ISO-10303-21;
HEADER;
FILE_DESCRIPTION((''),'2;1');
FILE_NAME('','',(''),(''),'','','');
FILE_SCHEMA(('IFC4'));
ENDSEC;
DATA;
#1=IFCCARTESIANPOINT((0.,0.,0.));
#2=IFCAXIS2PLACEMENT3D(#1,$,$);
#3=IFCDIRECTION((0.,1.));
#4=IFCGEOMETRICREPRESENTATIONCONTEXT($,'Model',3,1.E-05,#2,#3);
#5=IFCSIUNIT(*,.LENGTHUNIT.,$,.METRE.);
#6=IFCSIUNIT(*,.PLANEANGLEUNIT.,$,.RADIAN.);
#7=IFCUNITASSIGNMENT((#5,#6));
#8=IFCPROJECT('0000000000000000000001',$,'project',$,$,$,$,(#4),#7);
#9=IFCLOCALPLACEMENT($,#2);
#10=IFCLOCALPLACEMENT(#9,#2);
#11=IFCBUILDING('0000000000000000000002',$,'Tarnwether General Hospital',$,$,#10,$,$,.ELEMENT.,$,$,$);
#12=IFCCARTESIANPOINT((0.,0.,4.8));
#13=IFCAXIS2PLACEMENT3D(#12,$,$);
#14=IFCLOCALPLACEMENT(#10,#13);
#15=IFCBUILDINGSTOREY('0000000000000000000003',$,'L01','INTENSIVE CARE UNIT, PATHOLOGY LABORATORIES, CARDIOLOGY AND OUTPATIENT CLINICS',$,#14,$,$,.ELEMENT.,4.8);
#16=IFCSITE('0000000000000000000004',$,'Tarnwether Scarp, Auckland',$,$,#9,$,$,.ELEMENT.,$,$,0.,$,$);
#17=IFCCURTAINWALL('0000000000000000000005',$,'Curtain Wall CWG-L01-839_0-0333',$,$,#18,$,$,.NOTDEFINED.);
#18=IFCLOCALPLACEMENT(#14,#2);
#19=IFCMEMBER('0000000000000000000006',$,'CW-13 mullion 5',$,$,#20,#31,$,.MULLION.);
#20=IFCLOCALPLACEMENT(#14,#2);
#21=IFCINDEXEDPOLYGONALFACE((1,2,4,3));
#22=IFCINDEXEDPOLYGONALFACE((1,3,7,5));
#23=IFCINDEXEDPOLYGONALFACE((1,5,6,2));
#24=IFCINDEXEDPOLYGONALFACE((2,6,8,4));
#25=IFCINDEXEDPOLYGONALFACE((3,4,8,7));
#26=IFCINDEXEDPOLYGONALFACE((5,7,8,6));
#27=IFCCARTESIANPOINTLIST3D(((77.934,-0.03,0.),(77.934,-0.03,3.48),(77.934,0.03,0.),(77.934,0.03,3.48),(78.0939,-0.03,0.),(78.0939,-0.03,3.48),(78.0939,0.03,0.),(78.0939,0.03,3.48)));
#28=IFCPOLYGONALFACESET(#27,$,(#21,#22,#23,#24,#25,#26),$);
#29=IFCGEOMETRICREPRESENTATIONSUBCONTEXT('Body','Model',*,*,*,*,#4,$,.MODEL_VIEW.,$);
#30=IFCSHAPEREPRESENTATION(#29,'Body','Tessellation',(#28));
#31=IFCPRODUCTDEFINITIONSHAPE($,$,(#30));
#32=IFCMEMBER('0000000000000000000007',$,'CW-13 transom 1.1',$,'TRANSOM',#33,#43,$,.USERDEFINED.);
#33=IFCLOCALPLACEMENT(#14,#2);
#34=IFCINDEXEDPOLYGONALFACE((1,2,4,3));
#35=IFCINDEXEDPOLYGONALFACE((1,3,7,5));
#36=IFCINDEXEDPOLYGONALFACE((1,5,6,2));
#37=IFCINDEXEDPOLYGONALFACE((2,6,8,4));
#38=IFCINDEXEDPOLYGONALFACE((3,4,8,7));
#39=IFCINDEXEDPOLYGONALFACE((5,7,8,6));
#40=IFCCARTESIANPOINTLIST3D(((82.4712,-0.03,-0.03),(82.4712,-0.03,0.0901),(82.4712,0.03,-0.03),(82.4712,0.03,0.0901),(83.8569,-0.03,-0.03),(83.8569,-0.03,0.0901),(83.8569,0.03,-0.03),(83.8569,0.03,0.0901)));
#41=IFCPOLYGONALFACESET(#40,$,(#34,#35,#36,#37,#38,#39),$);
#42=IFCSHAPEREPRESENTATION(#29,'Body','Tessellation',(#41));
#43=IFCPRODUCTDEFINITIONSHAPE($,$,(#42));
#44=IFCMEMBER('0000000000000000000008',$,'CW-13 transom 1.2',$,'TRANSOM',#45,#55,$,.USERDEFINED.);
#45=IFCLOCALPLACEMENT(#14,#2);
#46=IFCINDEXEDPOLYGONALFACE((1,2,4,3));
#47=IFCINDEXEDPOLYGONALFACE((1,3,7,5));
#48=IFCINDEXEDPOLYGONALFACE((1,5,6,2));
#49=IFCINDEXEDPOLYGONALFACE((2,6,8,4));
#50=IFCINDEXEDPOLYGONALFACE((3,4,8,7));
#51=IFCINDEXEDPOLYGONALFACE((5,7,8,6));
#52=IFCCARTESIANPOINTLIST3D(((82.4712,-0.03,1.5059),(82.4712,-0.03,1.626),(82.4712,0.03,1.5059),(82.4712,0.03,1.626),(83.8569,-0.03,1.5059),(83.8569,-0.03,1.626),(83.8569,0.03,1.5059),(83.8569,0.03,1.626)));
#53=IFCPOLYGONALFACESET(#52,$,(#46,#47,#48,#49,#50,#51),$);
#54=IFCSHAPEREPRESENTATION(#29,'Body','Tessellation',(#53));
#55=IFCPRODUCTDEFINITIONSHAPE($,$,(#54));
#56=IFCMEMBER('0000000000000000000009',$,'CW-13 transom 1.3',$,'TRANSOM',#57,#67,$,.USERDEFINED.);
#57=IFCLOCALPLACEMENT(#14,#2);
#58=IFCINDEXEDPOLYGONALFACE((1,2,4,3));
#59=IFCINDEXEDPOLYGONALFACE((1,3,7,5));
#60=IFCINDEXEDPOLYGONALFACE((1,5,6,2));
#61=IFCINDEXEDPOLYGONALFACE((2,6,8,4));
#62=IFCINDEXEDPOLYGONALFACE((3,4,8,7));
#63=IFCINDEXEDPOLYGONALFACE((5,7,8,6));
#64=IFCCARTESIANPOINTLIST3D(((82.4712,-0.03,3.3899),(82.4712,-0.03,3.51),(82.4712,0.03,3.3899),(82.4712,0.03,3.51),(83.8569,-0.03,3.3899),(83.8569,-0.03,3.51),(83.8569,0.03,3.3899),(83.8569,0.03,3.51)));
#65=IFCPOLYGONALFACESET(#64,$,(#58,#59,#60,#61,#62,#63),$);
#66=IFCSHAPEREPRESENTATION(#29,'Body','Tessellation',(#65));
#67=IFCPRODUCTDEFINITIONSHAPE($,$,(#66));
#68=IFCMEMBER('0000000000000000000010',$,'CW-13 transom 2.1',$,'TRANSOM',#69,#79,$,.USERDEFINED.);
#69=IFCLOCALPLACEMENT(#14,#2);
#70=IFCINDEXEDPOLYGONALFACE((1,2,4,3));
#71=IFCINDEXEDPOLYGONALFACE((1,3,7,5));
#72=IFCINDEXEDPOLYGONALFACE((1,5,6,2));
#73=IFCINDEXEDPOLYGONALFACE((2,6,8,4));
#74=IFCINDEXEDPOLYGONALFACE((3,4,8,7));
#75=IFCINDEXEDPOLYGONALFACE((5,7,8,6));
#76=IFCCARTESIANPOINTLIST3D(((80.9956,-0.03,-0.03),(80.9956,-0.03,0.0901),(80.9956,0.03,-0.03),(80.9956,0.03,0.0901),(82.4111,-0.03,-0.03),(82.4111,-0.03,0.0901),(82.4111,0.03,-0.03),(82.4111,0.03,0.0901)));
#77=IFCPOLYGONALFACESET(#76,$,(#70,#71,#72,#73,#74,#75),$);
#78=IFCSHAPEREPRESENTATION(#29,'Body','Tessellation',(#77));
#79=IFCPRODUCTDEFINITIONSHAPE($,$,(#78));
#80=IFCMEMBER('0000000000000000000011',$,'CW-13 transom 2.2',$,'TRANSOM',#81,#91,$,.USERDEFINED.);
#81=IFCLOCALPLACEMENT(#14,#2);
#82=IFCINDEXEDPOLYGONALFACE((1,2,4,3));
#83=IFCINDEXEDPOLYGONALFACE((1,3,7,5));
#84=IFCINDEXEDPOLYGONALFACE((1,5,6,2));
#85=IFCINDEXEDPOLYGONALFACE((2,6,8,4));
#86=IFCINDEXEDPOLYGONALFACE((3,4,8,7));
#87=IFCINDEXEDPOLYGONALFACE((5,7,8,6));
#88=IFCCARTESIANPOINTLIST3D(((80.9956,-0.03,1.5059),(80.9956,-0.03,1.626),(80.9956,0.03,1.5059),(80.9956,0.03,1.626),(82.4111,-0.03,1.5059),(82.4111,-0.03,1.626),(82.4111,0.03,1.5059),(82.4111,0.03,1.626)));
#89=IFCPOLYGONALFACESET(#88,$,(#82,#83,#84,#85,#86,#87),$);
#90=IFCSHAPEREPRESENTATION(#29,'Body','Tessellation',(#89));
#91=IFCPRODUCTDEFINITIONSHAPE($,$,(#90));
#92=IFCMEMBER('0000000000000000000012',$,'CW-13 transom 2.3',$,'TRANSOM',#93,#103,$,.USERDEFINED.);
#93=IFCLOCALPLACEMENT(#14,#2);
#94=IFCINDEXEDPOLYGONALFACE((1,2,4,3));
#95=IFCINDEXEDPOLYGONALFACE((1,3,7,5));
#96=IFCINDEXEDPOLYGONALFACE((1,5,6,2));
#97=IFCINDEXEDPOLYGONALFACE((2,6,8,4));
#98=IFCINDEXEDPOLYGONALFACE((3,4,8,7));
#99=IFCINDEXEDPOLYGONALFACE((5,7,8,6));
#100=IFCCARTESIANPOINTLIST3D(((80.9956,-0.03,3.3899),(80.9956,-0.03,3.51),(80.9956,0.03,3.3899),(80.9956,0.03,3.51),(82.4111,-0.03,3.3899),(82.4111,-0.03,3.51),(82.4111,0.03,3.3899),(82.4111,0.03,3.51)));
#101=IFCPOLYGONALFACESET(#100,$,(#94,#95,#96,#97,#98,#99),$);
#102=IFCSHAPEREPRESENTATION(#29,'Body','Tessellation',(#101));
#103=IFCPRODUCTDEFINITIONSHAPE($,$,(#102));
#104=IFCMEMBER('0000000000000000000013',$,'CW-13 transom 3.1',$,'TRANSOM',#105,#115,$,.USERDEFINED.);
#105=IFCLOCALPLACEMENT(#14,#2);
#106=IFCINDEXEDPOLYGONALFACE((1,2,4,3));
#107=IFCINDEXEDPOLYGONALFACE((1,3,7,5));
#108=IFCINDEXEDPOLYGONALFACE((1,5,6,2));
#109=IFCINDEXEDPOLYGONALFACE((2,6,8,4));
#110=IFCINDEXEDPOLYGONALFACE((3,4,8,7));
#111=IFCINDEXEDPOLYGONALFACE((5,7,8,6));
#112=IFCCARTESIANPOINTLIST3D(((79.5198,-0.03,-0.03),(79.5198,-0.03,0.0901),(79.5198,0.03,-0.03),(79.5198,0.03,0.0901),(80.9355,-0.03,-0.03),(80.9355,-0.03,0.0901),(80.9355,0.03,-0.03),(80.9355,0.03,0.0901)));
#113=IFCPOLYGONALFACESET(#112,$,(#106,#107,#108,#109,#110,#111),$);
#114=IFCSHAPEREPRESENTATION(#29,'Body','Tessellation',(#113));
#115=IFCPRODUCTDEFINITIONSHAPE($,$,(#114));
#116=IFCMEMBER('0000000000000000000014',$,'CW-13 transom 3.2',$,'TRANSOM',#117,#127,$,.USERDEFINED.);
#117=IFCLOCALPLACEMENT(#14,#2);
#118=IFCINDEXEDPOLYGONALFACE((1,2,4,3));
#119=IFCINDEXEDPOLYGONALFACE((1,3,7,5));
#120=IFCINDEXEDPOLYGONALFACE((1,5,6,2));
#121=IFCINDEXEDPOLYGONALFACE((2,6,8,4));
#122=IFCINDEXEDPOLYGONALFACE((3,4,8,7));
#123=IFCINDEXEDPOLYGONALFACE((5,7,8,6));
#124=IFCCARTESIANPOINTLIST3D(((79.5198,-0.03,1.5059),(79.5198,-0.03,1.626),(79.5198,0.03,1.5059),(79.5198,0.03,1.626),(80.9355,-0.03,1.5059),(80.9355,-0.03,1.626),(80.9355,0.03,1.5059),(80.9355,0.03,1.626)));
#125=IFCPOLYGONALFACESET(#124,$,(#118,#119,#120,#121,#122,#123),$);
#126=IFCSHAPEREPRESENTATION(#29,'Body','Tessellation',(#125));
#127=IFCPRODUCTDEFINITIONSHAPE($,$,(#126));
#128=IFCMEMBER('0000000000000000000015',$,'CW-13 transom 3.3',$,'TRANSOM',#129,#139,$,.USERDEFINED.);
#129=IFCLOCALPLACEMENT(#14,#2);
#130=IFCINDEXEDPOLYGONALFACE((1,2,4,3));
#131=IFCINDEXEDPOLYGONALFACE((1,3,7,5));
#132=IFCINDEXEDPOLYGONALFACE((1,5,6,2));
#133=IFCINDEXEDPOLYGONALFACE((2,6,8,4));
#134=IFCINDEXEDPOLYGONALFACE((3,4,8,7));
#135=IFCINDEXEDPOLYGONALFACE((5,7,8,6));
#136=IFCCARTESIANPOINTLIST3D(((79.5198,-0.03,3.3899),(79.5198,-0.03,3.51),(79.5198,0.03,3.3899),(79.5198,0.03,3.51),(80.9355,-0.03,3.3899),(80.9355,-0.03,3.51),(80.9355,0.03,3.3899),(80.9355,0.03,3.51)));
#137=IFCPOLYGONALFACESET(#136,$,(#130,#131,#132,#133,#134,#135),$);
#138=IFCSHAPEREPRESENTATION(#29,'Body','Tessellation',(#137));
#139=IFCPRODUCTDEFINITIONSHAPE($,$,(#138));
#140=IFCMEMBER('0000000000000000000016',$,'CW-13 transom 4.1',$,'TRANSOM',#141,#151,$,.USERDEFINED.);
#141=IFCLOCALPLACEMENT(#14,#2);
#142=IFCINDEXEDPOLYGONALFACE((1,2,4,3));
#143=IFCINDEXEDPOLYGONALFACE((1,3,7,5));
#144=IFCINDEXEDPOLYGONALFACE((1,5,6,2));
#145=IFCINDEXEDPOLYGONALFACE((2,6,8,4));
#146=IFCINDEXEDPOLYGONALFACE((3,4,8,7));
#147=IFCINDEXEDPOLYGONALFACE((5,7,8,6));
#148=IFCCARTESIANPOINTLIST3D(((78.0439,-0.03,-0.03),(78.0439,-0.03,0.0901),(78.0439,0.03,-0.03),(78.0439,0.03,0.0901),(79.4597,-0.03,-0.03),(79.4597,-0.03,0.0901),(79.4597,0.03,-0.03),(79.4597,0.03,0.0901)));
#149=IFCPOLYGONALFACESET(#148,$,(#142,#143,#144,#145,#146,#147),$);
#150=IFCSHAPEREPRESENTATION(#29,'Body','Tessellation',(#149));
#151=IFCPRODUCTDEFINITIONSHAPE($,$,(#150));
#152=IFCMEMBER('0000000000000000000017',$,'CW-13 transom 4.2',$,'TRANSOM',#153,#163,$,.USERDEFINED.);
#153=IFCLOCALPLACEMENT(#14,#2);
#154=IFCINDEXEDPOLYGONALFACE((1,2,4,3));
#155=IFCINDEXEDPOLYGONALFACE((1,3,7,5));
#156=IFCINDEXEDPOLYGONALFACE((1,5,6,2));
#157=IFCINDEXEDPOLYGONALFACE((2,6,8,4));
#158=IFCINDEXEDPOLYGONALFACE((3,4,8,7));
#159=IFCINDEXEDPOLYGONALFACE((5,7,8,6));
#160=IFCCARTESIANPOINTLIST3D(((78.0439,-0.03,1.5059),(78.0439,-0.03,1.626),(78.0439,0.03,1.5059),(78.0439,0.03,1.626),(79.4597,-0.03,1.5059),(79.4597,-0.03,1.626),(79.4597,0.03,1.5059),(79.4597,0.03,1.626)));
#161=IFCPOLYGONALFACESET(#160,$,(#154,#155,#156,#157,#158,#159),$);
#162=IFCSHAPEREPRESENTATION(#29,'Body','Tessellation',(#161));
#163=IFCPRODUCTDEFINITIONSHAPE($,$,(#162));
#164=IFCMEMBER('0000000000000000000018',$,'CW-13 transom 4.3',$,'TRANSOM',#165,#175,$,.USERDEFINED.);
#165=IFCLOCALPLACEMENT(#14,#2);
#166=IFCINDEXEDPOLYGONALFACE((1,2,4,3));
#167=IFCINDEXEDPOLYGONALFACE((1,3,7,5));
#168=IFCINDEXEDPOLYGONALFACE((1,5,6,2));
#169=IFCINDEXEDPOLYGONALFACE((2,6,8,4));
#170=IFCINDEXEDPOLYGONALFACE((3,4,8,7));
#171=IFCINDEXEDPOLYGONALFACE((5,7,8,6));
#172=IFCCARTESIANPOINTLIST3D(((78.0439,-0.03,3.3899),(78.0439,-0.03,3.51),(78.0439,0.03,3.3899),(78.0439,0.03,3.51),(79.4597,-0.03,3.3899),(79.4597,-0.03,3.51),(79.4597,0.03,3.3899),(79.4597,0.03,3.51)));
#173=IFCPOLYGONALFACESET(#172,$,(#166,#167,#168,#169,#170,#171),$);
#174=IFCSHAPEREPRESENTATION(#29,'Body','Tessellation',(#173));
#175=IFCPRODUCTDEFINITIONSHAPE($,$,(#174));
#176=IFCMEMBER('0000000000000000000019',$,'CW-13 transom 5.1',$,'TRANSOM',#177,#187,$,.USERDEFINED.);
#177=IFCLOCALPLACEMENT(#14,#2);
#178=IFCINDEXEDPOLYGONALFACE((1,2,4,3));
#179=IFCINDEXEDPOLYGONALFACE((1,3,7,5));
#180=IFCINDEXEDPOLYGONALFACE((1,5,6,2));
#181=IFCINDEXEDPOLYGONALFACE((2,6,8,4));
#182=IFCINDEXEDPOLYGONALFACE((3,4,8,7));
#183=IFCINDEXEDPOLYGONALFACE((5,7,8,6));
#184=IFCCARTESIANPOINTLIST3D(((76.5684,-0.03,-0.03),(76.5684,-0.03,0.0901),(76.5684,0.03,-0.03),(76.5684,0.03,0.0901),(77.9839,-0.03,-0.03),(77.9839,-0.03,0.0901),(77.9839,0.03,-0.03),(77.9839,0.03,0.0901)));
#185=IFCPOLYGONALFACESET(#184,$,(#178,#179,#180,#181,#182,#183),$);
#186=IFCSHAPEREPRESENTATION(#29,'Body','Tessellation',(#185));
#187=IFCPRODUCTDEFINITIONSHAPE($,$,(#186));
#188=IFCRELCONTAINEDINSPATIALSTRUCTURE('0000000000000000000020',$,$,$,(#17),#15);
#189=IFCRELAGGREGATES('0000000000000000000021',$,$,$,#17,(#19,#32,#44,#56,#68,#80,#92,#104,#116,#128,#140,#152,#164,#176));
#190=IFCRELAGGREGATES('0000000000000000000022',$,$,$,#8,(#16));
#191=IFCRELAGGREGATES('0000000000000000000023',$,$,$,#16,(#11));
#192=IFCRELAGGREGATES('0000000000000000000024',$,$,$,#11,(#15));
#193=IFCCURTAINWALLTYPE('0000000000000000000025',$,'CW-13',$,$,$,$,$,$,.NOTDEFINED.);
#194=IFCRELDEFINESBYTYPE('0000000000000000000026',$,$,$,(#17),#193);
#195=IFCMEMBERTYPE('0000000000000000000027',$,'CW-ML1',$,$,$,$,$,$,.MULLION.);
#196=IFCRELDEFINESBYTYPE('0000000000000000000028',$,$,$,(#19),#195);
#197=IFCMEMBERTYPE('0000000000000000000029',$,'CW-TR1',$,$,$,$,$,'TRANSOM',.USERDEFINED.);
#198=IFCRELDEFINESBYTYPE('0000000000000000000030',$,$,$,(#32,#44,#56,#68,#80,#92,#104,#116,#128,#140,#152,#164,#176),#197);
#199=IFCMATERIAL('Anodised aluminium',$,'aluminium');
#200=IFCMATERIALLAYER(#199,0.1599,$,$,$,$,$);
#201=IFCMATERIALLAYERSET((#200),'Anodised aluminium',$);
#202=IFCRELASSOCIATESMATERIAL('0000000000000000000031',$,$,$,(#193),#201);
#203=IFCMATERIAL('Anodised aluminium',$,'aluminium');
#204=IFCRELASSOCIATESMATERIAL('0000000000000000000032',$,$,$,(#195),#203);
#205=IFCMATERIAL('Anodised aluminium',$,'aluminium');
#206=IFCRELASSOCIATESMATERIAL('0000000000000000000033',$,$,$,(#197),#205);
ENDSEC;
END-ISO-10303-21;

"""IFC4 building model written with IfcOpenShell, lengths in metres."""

from ifc_helpers import new_model, si_unit, direction, frame, origin, origin_2d, place, context, subcontext, project, spatial, rectangle, extrude, material, layer, layer_set, material_profile, profile_set, type_object, element, aggregate, save


model = new_model("IFC4")

# Units and contexts
model_context = context("Model", 3, precision=1e-05, world=origin(), true_north=direction((0.0, 1.0)))
body_context = subcontext(model_context, "Body", "Model", "MODEL_VIEW")
ifc_project = project(units=[si_unit("LENGTHUNIT", "METRE"), si_unit("PLANEANGLEUNIT", "RADIAN")], contexts=[model_context])

# Site, building, storey
site_placement = place(None, origin())
site = spatial("IfcSite", under=ifc_project, at=site_placement, Name="Tarnwether Scarp, Auckland", CompositionType="ELEMENT", RefElevation=0.0)
building_placement = place(site_placement, origin())
building = spatial("IfcBuilding", under=site, at=building_placement, Name="Tarnwether General Hospital", CompositionType="ELEMENT")
storey_placement = place(building_placement, frame((0.0, 0.0, 4.8)))
storey = spatial("IfcBuildingStorey", under=building, at=storey_placement, Name="L01", Description="INTENSIVE CARE UNIT, PATHOLOGY LABORATORIES, CARDIOLOGY AND OUTPATIENT CLINICS", CompositionType="ELEMENT", Elevation=4.8)

# Curtain wall, members
ifc_material_1 = material(Name="Anodised aluminium", Category="aluminium")
ifc_layer_1 = layer(ifc_material_1, 0.1599)
ifc_layer_set_1 = layer_set([ifc_layer_1], Name="Anodised aluminium")
curtain_wall_type = type_object("IfcCurtainWallType", Name="CW-13", PredefinedType="NOTDEFINED", material=ifc_layer_set_1)
curtain_wall_placement = place(storey_placement, origin())
curtain_wall = element("IfcCurtainWall", 1, at=curtain_wall_placement, inside=storey, type_object=curtain_wall_type, Name="Curtain Wall CWG-L01-839_0-0333", PredefinedType="NOTDEFINED")
ifc_material_2 = material(Name="Anodised aluminium", Category="aluminium")
ifc_material_profile_1 = material_profile(ifc_material_2, rectangle(XDim=0.0601, YDim=0.1599, at=origin_2d()), Name="ALU-MUL-60x160")
ifc_profile_set_1 = profile_set([ifc_material_profile_1], Name="Anodised aluminium")
member_type_1 = type_object("IfcMemberType", Name="CW-ML1", PredefinedType="MULLION", material=ifc_profile_set_1)
member_1_placement = place(storey_placement, frame((78.0139, 0.0, 0.0), z_axis=(0.0, 0.0, 1.0), x_axis=(0.0, -1.0, 0.0)))
member_1 = element("IfcMember", 2, at=member_1_placement, type_object=member_type_1, Name="CW-13 mullion 5", PredefinedType="MULLION", context=body_context, shape_type="SweptSolid", body=[
    extrude(rectangle(XDim=0.0601, YDim=0.1599, at=origin_2d()), origin(), (0.0, 0.0, 1.0), 3.48),
])
ifc_material_3 = material(Name="Anodised aluminium", Category="aluminium")
ifc_material_profile_2 = material_profile(ifc_material_3, rectangle(XDim=0.0601, YDim=0.1201, at=origin_2d()), Name="ALU-TRN-60x120")
ifc_profile_set_2 = profile_set([ifc_material_profile_2], Name="Anodised aluminium")
member_type_2 = type_object("IfcMemberType", Name="CW-TR1", ElementType="TRANSOM", PredefinedType="USERDEFINED", material=ifc_profile_set_2)
member_2_placement = place(storey_placement, frame((83.8569, 0.0, 0.03), z_axis=(-1.0, 0.0, 0.0), x_axis=(0.0, -1.0, 0.0)))
member_2 = element("IfcMember", 3, at=member_2_placement, type_object=member_type_2, Name="CW-13 transom 1.1", ObjectType="TRANSOM", PredefinedType="USERDEFINED", context=body_context, shape_type="SweptSolid", body=[
    extrude(rectangle(XDim=0.0601, YDim=0.1201, at=origin_2d()), origin(), (0.0, 0.0, 1.0), 1.3857),
])
member_3_placement = place(storey_placement, frame((83.8569, 0.0, 1.5659), z_axis=(-1.0, 0.0, 0.0), x_axis=(0.0, -1.0, 0.0)))
member_3 = element("IfcMember", 4, at=member_3_placement, type_object=member_type_2, Name="CW-13 transom 1.2", ObjectType="TRANSOM", PredefinedType="USERDEFINED", context=body_context, shape_type="SweptSolid", body=[
    extrude(rectangle(XDim=0.0601, YDim=0.1201, at=origin_2d()), origin(), (0.0, 0.0, 1.0), 1.3857),
])
member_4_placement = place(storey_placement, frame((83.8569, 0.0, 3.45), z_axis=(-1.0, 0.0, 0.0), x_axis=(0.0, -1.0, 0.0)))
member_4 = element("IfcMember", 5, at=member_4_placement, type_object=member_type_2, Name="CW-13 transom 1.3", ObjectType="TRANSOM", PredefinedType="USERDEFINED", context=body_context, shape_type="SweptSolid", body=[
    extrude(rectangle(XDim=0.0601, YDim=0.1201, at=origin_2d()), origin(), (0.0, 0.0, 1.0), 1.3857),
])
member_5_placement = place(storey_placement, frame((82.4111, 0.0, 0.03), z_axis=(-1.0, 0.0, 0.0), x_axis=(0.0, -1.0, 0.0)))
member_5 = element("IfcMember", 6, at=member_5_placement, type_object=member_type_2, Name="CW-13 transom 2.1", ObjectType="TRANSOM", PredefinedType="USERDEFINED", context=body_context, shape_type="SweptSolid", body=[
    extrude(rectangle(XDim=0.0601, YDim=0.1201, at=origin_2d()), origin(), (0.0, 0.0, 1.0), 1.4155),
])
member_6_placement = place(storey_placement, frame((82.4111, 0.0, 1.5659), z_axis=(-1.0, 0.0, 0.0), x_axis=(0.0, -1.0, 0.0)))
member_6 = element("IfcMember", 7, at=member_6_placement, type_object=member_type_2, Name="CW-13 transom 2.2", ObjectType="TRANSOM", PredefinedType="USERDEFINED", context=body_context, shape_type="SweptSolid", body=[
    extrude(rectangle(XDim=0.0601, YDim=0.1201, at=origin_2d()), origin(), (0.0, 0.0, 1.0), 1.4155),
])
member_7_placement = place(storey_placement, frame((82.4111, 0.0, 3.45), z_axis=(-1.0, 0.0, 0.0), x_axis=(0.0, -1.0, 0.0)))
member_7 = element("IfcMember", 8, at=member_7_placement, type_object=member_type_2, Name="CW-13 transom 2.3", ObjectType="TRANSOM", PredefinedType="USERDEFINED", context=body_context, shape_type="SweptSolid", body=[
    extrude(rectangle(XDim=0.0601, YDim=0.1201, at=origin_2d()), origin(), (0.0, 0.0, 1.0), 1.4155),
])
member_8_placement = place(storey_placement, frame((80.9355, 0.0, 0.03), z_axis=(-1.0, 0.0, 0.0), x_axis=(0.0, -1.0, 0.0)))
member_8 = element("IfcMember", 9, at=member_8_placement, type_object=member_type_2, Name="CW-13 transom 3.1", ObjectType="TRANSOM", PredefinedType="USERDEFINED", context=body_context, shape_type="SweptSolid", body=[
    extrude(rectangle(XDim=0.0601, YDim=0.1201, at=origin_2d()), origin(), (0.0, 0.0, 1.0), 1.4158),
])
member_9_placement = place(storey_placement, frame((80.9355, 0.0, 1.5659), z_axis=(-1.0, 0.0, 0.0), x_axis=(0.0, -1.0, 0.0)))
member_9 = element("IfcMember", 10, at=member_9_placement, type_object=member_type_2, Name="CW-13 transom 3.2", ObjectType="TRANSOM", PredefinedType="USERDEFINED", context=body_context, shape_type="SweptSolid", body=[
    extrude(rectangle(XDim=0.0601, YDim=0.1201, at=origin_2d()), origin(), (0.0, 0.0, 1.0), 1.4158),
])
member_10_placement = place(storey_placement, frame((80.9355, 0.0, 3.45), z_axis=(-1.0, 0.0, 0.0), x_axis=(0.0, -1.0, 0.0)))
member_10 = element("IfcMember", 11, at=member_10_placement, type_object=member_type_2, Name="CW-13 transom 3.3", ObjectType="TRANSOM", PredefinedType="USERDEFINED", context=body_context, shape_type="SweptSolid", body=[
    extrude(rectangle(XDim=0.0601, YDim=0.1201, at=origin_2d()), origin(), (0.0, 0.0, 1.0), 1.4158),
])
member_11_placement = place(storey_placement, frame((79.4597, 0.0, 0.03), z_axis=(-1.0, 0.0, 0.0), x_axis=(0.0, -1.0, 0.0)))
member_11 = element("IfcMember", 12, at=member_11_placement, type_object=member_type_2, Name="CW-13 transom 4.1", ObjectType="TRANSOM", PredefinedType="USERDEFINED", context=body_context, shape_type="SweptSolid", body=[
    extrude(rectangle(XDim=0.0601, YDim=0.1201, at=origin_2d()), origin(), (0.0, 0.0, 1.0), 1.4158),
])
member_12_placement = place(storey_placement, frame((79.4597, 0.0, 1.5659), z_axis=(-1.0, 0.0, 0.0), x_axis=(0.0, -1.0, 0.0)))
member_12 = element("IfcMember", 13, at=member_12_placement, type_object=member_type_2, Name="CW-13 transom 4.2", ObjectType="TRANSOM", PredefinedType="USERDEFINED", context=body_context, shape_type="SweptSolid", body=[
    extrude(rectangle(XDim=0.0601, YDim=0.1201, at=origin_2d()), origin(), (0.0, 0.0, 1.0), 1.4158),
])
member_13_placement = place(storey_placement, frame((79.4597, 0.0, 3.45), z_axis=(-1.0, 0.0, 0.0), x_axis=(0.0, -1.0, 0.0)))
member_13 = element("IfcMember", 14, at=member_13_placement, type_object=member_type_2, Name="CW-13 transom 4.3", ObjectType="TRANSOM", PredefinedType="USERDEFINED", context=body_context, shape_type="SweptSolid", body=[
    extrude(rectangle(XDim=0.0601, YDim=0.1201, at=origin_2d()), origin(), (0.0, 0.0, 1.0), 1.4158),
])
member_14_placement = place(storey_placement, frame((77.9839, 0.0, 0.03), z_axis=(-1.0, 0.0, 0.0), x_axis=(0.0, -1.0, 0.0)))
member_14 = element("IfcMember", 15, at=member_14_placement, type_object=member_type_2, Name="CW-13 transom 5.1", ObjectType="TRANSOM", PredefinedType="USERDEFINED", context=body_context, shape_type="SweptSolid", body=[
    extrude(rectangle(XDim=0.0601, YDim=0.1201, at=origin_2d()), origin(), (0.0, 0.0, 1.0), 1.4155),
])
aggregate(curtain_wall, [member_1, member_2, member_3, member_4, member_5, member_6, member_7, member_8, member_9, member_10, member_11, member_12, member_13, member_14])

save(model, "model.ifc")
